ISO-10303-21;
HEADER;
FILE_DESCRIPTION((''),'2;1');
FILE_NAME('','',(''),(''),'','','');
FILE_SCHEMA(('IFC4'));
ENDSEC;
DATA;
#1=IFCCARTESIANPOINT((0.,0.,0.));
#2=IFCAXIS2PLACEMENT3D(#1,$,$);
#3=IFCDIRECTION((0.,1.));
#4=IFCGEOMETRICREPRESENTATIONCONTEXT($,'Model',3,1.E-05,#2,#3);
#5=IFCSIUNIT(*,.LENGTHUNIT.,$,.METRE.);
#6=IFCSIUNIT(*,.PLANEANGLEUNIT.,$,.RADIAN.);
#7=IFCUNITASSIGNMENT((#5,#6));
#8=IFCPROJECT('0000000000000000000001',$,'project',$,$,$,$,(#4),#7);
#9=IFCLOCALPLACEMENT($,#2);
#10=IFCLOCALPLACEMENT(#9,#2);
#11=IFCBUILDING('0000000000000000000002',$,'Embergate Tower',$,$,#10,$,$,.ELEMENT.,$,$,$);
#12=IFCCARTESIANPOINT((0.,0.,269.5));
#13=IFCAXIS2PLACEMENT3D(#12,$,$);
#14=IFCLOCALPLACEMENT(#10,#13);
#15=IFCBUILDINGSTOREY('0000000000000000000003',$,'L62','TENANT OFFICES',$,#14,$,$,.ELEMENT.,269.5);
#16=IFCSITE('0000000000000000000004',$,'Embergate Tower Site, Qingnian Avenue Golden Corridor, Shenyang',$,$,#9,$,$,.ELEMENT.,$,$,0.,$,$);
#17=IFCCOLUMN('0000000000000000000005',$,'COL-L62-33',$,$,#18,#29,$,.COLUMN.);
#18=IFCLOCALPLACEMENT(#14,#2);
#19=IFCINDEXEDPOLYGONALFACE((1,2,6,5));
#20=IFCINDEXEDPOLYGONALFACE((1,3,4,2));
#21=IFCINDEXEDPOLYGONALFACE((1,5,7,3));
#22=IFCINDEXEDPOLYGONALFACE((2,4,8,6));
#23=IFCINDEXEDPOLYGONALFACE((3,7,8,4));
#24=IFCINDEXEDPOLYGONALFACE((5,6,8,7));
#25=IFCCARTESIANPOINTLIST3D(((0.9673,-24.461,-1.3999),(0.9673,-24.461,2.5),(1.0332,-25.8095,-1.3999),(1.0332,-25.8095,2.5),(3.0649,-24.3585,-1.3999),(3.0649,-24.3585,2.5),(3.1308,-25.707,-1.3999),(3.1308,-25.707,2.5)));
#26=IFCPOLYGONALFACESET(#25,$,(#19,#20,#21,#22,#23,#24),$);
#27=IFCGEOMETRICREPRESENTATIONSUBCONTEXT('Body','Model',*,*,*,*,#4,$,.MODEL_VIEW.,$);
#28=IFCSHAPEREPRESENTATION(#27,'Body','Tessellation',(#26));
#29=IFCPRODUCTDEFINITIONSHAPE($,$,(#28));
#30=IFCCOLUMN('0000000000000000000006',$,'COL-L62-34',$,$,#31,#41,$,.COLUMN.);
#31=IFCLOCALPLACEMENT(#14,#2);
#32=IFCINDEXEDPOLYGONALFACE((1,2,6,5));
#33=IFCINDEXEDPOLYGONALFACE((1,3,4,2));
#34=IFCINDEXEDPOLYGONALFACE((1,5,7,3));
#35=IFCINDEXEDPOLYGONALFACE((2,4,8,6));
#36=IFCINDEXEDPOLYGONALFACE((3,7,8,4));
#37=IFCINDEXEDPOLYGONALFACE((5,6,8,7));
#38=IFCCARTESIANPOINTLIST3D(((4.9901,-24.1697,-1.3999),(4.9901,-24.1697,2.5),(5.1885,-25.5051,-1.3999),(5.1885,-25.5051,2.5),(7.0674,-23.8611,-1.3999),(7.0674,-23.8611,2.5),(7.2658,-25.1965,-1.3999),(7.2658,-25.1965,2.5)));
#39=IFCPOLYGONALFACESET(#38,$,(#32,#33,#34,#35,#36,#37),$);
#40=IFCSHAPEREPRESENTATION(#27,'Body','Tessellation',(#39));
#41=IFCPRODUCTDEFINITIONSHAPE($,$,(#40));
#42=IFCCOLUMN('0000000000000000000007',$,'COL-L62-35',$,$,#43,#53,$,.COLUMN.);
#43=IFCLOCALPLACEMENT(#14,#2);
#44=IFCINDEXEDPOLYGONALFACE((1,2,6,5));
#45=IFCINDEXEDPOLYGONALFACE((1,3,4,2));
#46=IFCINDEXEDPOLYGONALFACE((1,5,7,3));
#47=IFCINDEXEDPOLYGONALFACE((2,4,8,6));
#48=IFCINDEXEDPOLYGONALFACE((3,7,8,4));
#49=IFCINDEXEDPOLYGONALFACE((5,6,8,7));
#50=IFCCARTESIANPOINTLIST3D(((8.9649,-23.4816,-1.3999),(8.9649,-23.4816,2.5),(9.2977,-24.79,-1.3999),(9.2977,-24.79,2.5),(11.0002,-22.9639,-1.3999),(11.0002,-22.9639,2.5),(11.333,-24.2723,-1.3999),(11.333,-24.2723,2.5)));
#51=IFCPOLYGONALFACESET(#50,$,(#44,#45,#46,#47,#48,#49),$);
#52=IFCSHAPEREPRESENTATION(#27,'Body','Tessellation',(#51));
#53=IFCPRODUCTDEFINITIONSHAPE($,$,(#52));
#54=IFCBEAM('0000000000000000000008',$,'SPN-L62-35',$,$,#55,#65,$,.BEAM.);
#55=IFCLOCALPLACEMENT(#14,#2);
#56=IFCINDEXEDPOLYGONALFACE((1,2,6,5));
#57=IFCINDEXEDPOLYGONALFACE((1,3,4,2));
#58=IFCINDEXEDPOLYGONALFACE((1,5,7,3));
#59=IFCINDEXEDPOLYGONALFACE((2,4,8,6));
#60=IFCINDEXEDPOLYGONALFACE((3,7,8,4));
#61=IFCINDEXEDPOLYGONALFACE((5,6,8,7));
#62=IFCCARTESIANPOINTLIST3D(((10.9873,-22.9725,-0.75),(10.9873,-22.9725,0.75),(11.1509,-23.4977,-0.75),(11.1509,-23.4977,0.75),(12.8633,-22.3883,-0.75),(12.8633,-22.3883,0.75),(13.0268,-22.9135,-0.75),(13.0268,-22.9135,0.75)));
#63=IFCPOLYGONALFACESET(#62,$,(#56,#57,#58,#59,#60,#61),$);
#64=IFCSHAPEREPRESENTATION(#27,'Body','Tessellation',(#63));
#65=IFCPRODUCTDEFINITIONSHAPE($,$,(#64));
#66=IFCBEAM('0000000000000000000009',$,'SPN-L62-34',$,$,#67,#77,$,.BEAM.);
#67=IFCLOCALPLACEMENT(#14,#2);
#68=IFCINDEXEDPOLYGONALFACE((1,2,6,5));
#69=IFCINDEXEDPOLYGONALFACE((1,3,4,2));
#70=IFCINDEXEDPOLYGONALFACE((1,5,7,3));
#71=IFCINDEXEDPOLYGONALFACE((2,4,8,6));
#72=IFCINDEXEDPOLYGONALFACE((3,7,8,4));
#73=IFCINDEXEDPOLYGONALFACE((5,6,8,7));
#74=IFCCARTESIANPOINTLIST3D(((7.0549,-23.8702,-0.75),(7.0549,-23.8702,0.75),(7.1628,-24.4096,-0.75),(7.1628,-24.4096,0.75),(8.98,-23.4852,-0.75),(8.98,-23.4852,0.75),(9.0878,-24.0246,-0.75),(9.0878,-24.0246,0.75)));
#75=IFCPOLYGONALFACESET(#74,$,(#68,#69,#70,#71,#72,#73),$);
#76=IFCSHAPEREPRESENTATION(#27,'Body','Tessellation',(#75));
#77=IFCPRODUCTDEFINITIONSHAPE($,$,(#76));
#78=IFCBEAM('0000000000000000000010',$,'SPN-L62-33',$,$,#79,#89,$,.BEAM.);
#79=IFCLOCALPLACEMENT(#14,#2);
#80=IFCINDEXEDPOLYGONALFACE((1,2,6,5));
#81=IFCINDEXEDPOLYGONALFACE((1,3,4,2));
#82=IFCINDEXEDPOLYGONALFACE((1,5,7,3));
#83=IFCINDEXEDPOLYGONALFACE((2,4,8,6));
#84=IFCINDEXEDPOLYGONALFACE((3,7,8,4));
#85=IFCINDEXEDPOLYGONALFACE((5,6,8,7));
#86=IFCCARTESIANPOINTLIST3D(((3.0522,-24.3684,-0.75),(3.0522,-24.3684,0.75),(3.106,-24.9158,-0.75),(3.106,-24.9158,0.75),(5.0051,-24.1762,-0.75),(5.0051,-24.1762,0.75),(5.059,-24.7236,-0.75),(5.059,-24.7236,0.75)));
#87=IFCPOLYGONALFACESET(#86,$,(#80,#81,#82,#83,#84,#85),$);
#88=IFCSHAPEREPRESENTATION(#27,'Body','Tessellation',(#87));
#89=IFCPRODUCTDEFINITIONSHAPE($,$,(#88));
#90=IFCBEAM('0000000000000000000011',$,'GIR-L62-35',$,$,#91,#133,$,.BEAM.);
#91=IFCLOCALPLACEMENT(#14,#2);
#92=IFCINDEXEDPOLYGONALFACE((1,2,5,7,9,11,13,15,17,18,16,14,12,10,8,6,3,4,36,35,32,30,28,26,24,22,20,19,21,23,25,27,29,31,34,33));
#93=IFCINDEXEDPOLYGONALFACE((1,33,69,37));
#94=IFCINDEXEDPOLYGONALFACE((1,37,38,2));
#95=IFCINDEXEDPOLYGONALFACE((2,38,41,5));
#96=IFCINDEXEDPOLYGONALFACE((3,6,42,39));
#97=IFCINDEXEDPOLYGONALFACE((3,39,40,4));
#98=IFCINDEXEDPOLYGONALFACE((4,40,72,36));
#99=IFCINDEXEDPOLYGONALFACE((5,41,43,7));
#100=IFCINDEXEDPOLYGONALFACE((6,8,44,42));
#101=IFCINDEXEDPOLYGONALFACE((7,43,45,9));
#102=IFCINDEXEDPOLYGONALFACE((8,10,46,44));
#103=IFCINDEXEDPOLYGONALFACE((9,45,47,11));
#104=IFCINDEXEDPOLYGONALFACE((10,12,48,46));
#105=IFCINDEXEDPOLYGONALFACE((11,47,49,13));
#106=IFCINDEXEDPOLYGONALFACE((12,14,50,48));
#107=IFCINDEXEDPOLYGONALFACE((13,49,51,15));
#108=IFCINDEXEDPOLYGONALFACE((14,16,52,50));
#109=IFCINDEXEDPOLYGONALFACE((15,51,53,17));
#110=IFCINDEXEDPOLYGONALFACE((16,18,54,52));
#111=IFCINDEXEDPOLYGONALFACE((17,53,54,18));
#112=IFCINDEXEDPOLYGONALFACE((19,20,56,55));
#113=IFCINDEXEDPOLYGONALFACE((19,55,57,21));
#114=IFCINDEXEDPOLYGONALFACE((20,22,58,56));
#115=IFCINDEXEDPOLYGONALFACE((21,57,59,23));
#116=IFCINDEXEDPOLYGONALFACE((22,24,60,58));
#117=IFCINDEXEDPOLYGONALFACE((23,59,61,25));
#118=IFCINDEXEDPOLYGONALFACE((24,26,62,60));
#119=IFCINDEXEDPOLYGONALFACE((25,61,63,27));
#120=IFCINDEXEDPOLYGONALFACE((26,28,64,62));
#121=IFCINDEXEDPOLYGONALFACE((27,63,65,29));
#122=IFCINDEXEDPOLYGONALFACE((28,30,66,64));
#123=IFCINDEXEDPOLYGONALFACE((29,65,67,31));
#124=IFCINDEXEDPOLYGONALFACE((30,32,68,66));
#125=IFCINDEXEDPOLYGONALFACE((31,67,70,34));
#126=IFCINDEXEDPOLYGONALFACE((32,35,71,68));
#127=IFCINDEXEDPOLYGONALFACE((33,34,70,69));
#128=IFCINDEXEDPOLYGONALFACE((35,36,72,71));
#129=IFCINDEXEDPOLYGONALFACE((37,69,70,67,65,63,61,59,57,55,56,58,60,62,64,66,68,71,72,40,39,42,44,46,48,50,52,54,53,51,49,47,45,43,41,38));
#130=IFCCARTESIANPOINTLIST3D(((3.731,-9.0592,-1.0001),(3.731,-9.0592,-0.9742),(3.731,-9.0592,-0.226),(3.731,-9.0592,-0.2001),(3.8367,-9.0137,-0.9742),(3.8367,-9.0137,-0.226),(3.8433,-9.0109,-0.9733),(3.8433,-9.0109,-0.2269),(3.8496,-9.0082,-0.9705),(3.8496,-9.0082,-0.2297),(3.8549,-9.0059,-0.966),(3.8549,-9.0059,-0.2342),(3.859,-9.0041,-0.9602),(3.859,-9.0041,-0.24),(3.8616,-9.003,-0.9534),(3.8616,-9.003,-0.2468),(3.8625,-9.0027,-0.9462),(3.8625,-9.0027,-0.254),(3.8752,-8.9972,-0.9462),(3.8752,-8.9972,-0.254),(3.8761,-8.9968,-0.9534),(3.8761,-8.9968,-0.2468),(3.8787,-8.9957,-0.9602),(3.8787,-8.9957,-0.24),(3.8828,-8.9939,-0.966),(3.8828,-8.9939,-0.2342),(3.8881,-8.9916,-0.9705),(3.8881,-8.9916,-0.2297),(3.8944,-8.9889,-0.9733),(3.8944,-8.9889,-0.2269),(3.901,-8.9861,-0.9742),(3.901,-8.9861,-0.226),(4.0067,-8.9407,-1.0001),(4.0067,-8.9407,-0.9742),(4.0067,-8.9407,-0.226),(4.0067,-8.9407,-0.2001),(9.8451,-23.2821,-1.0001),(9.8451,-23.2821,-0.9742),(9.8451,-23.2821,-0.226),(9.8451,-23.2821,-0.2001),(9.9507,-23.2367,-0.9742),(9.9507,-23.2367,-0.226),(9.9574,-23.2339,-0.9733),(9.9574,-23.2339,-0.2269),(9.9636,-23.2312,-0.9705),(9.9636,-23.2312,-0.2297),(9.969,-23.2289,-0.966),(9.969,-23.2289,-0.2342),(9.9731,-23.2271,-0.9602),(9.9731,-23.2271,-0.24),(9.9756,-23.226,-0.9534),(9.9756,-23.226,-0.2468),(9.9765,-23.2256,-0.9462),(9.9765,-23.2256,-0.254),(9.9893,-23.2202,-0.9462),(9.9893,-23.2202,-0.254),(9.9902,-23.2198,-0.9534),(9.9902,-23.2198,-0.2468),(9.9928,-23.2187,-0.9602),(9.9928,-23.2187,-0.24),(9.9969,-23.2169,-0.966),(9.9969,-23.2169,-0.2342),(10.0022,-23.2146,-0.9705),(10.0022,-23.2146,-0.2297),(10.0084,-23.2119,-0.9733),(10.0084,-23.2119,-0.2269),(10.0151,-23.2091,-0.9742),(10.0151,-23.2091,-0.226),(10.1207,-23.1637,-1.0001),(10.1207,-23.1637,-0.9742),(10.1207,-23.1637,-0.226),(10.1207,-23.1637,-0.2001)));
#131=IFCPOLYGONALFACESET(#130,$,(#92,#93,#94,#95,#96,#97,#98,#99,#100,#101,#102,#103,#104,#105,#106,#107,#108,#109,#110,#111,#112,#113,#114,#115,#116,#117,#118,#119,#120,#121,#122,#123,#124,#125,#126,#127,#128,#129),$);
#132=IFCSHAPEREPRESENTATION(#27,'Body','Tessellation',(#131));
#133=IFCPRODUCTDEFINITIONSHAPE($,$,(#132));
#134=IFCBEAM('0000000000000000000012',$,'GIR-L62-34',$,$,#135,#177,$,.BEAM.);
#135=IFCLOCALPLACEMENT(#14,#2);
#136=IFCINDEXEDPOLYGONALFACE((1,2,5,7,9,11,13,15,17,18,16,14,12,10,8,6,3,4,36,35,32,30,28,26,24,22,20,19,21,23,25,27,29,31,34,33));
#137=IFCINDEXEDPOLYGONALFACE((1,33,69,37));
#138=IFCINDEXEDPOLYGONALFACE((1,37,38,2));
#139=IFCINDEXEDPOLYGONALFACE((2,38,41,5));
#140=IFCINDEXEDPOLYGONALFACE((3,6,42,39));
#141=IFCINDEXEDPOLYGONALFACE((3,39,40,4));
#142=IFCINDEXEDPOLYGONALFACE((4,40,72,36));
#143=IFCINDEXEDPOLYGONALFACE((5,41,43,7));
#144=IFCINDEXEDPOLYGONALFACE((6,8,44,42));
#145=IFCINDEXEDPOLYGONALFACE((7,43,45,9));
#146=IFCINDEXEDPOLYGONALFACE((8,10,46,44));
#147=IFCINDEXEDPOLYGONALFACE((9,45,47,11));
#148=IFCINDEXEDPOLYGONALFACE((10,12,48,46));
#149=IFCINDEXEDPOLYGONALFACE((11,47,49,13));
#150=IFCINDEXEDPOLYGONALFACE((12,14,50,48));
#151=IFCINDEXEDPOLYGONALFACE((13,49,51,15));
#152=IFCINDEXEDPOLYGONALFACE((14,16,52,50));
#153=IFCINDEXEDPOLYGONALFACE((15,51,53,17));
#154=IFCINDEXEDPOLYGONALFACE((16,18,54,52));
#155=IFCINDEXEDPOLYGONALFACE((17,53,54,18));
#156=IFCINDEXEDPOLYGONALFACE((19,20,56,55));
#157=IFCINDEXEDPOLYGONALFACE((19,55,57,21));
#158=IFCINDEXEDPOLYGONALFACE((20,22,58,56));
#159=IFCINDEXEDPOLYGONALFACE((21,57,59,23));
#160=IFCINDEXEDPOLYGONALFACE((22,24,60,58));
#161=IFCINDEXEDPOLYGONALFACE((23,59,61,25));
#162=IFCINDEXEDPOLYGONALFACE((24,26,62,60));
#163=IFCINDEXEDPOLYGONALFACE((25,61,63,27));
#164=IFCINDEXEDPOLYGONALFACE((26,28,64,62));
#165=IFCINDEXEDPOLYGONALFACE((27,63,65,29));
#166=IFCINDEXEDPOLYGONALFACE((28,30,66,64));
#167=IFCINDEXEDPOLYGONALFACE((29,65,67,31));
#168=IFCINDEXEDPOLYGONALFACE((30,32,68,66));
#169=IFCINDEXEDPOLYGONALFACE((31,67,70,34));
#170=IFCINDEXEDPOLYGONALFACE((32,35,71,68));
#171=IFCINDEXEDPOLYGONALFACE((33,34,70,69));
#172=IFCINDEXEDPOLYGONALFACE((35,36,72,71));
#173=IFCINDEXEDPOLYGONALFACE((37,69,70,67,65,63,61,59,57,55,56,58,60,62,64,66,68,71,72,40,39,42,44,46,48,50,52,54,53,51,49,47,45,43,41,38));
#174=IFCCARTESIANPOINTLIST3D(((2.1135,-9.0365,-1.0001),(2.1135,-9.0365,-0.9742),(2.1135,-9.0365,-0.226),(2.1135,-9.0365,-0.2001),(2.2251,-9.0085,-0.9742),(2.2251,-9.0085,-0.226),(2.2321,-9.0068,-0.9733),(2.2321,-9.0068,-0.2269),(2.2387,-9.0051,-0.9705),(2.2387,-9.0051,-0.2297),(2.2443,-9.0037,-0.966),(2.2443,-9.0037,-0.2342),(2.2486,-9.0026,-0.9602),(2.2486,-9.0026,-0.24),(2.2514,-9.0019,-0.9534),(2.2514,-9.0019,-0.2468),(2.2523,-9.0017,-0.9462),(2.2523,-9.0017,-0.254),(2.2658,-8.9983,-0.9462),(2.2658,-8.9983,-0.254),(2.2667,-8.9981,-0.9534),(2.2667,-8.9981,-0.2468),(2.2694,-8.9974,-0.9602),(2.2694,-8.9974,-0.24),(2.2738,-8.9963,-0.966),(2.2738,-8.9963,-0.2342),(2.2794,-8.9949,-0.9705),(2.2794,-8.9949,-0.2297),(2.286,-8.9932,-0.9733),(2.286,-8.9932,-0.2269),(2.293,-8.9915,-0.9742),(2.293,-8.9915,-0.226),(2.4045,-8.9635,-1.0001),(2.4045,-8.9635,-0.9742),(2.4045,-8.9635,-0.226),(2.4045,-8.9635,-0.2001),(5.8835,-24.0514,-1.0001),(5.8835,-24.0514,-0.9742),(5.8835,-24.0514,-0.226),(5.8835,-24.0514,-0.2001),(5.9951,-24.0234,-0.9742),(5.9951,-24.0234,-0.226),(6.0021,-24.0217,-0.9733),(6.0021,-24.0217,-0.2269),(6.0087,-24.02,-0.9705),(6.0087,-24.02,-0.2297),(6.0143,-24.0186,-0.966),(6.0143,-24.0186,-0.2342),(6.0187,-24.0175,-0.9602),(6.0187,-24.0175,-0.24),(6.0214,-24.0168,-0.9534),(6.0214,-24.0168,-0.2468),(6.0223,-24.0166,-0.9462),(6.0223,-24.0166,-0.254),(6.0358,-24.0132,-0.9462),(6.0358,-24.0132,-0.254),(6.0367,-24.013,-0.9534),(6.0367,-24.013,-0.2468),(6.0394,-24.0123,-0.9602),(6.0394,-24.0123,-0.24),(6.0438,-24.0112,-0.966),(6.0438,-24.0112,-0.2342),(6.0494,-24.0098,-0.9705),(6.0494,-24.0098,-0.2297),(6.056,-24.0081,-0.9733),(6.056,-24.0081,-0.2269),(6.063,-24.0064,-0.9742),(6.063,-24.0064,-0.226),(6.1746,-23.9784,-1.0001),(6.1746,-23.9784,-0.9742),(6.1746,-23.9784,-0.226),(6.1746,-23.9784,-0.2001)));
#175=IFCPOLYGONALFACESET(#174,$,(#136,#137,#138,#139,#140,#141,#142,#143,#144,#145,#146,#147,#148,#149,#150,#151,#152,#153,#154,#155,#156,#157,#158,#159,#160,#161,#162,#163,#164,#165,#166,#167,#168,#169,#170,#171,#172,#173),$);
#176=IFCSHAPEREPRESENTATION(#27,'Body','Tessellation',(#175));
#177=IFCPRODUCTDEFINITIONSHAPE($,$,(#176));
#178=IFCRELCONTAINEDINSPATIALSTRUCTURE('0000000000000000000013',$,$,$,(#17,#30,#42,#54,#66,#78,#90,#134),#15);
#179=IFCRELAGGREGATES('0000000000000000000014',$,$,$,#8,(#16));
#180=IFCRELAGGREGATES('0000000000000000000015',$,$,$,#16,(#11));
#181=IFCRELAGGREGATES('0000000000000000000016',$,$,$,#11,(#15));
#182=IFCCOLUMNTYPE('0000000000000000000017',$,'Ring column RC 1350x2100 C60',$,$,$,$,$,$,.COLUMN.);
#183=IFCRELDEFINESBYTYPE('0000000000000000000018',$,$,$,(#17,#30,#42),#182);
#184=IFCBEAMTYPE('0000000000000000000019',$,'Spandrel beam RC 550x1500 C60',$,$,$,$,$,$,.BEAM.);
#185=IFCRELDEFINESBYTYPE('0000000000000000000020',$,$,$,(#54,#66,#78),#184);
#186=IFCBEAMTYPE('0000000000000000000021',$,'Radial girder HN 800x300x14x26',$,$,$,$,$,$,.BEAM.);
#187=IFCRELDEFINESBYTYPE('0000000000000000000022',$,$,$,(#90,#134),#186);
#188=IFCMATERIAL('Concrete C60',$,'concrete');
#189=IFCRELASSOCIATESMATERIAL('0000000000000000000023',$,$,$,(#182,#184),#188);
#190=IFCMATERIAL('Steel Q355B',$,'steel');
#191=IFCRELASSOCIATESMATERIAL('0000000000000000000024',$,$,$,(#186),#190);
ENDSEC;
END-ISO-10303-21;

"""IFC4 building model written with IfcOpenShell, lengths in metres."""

from ifc_helpers import new_model, si_unit, direction, frame, origin, origin_2d, place, context, subcontext, project, spatial, rectangle, i_section, extrude, source, transform, mapped, material, material_profile, profile_set, type_object, element, save


model = new_model("IFC4")

# Units and contexts
model_context = context("Model", 3, precision=1e-05, world=origin(), true_north=direction((0.0, 1.0)))
body_context = subcontext(model_context, "Body", "Model", "MODEL_VIEW")
ifc_project = project(units=[si_unit("LENGTHUNIT", "METRE"), si_unit("PLANEANGLEUNIT", "RADIAN")], contexts=[model_context])

# Site, building, storey
site_placement = place(None, origin())
site = spatial("IfcSite", under=ifc_project, at=site_placement, Name="Embergate Tower Site, Qingnian Avenue Golden Corridor, Shenyang", CompositionType="ELEMENT", RefElevation=0.0)
building_placement = place(site_placement, origin())
building = spatial("IfcBuilding", under=site, at=building_placement, Name="Embergate Tower", CompositionType="ELEMENT")
storey_placement = place(building_placement, frame((0.0, 0.0, 269.5)))
storey = spatial("IfcBuildingStorey", under=building, at=storey_placement, Name="L62", Description="TENANT OFFICES", CompositionType="ELEMENT", Elevation=269.5)

# Columns
ifc_material_1 = material(Name="Concrete C60", Category="concrete")
ifc_material_profile_1 = material_profile(ifc_material_1, rectangle(XDim=1.3501, YDim=2.1001, at=origin_2d()), Name="RC 1350x2100")
ifc_profile_set_1 = profile_set([ifc_material_profile_1], Name="Concrete C60")
column_type = type_object("IfcColumnType", Name="Ring column RC 1350x2100 C60", PredefinedType="COLUMN", material=ifc_profile_set_1)
shared_shape_1 = source(origin(), body_context, "Body", "SweptSolid", [
    extrude(rectangle(XDim=1.3501, YDim=2.1001, at=origin_2d()), origin(), (0.0, 0.0, 1.0), 3.8999),
])
for number, where, z_axis, x_axis, name in (
    (1, (2.0491, -25.084, -1.3999), (0.0, 0.0, 1.0), (0.048815, -0.998808, 0.0), "COL-L62-33"),
    (2, (6.1279, -24.6831, -1.3999), (0.0, 0.0, 1.0), (0.146929, -0.989147, 0.0), "COL-L62-34"),
    (3, (10.1489, -23.877, -1.3999), (0.0, 0.0, 1.0), (0.246492, -0.969145, 0.0), "COL-L62-35"),
):
    element("IfcColumn", number, at=place(storey_placement, frame(where, z_axis=z_axis, x_axis=x_axis)), inside=storey, type_object=column_type, Name=name, PredefinedType="COLUMN", context=body_context, shape_type="MappedRepresentation", body=[
        mapped(shared_shape_1, transform((0.0, 0.0, 0.0))),
    ])

# Beams
ifc_material_profile_2 = material_profile(ifc_material_1, rectangle(XDim=0.55, YDim=1.5, at=origin_2d()), Name="RC 550x1500")
ifc_profile_set_2 = profile_set([ifc_material_profile_2], Name="Concrete C60")
beam_type_1 = type_object("IfcBeamType", Name="Spandrel beam RC 550x1500 C60", PredefinedType="BEAM", material=ifc_profile_set_2)
shared_shape_2 = source(origin(), body_context, "Body", "SweptSolid", [
    extrude(rectangle(XDim=0.55, YDim=1.5, at=origin_2d()), origin(), (0.0, 0.0, 1.0), 1.9648),
])
beam_1_placement = place(storey_placement, frame((11.0691, -23.2351, 0.0), z_axis=(0.954771, 0.297341, 0.0), x_axis=(-0.297341, 0.954771, 0.0)))
element("IfcBeam", 4, at=beam_1_placement, inside=storey, type_object=beam_type_1, Name="SPN-L62-35", PredefinedType="BEAM", context=body_context, shape_type="MappedRepresentation", body=[
    mapped(shared_shape_2, transform((0.0, 0.0, 0.0))),
])
shared_shape_3 = source(origin(), body_context, "Body", "SweptSolid", [
    extrude(rectangle(XDim=0.55, YDim=1.5, at=origin_2d()), origin(), (0.0, 0.0, 1.0), 1.9631),
])
beam_2_placement = place(storey_placement, frame((7.1089, -24.1399, 0.0), z_axis=(0.980581, 0.196116, 0.0), x_axis=(-0.196116, 0.980581, 0.0)))
element("IfcBeam", 5, at=beam_2_placement, inside=storey, type_object=beam_type_1, Name="SPN-L62-34", PredefinedType="BEAM", context=body_context, shape_type="MappedRepresentation", body=[
    mapped(shared_shape_3, transform((0.0, 0.0, 0.0))),
])
shared_shape_4 = source(origin(), body_context, "Body", "SweptSolid", [
    extrude(rectangle(XDim=0.55, YDim=1.5, at=origin_2d()), origin(), (0.0, 0.0, 1.0), 1.9624),
])
beam_3_placement = place(storey_placement, frame((3.0791, -24.6421, 0.0), z_axis=(0.995195, 0.097915, 0.0), x_axis=(-0.097915, 0.995195, 0.0)))
element("IfcBeam", 6, at=beam_3_placement, inside=storey, type_object=beam_type_1, Name="SPN-L62-33", PredefinedType="BEAM", context=body_context, shape_type="MappedRepresentation", body=[
    mapped(shared_shape_4, transform((0.0, 0.0, 0.0))),
])
ifc_material_2 = material(Name="Steel Q355B", Category="steel")
ifc_material_profile_3 = material_profile(ifc_material_2, i_section(OverallWidth=0.3, OverallDepth=0.8, WebThickness=0.0139, FlangeThickness=0.0259, FilletRadius=0.0281, at=origin_2d()), Name="HN 800x300x14x26")
ifc_profile_set_3 = profile_set([ifc_material_profile_3], Name="Steel Q355 grade B")
beam_type_2 = type_object("IfcBeamType", Name="Radial girder HN 800x300x14x26", PredefinedType="BEAM", material=ifc_profile_set_3)
shared_shape_5 = source(origin(), body_context, "Body", "SweptSolid", [
    extrude(i_section(OverallWidth=0.3, OverallDepth=0.8, WebThickness=0.0139, FlangeThickness=0.0259, FilletRadius=0.0281, at=origin_2d()), origin(), (0.0, 0.0, 1.0), 15.4814),
])
beam_4_placement = place(storey_placement, frame((9.9829, -23.2229, -0.6001), z_axis=(-0.394928, 0.918712, 0.0), x_axis=(-0.918712, -0.394928, 0.0)))
element("IfcBeam", 7, at=beam_4_placement, inside=storey, type_object=beam_type_2, Name="GIR-L62-35", PredefinedType="BEAM", context=body_context, shape_type="MappedRepresentation", body=[
    mapped(shared_shape_5, transform((0.0, 0.0, 0.0))),
])
shared_shape_6 = source(origin(), body_context, "Body", "SweptSolid", [
    extrude(i_section(OverallWidth=0.3, OverallDepth=0.8, WebThickness=0.0139, FlangeThickness=0.0259, FilletRadius=0.0281, at=origin_2d()), origin(), (0.0, 0.0, 1.0), 15.481),
])
beam_5_placement = place(storey_placement, frame((6.0291, -24.0149, -0.6001), z_axis=(-0.243526, 0.969894, 0.0), x_axis=(-0.969894, -0.243526, 0.0)))
element("IfcBeam", 8, at=beam_5_placement, inside=storey, type_object=beam_type_2, Name="GIR-L62-34", PredefinedType="BEAM", context=body_context, shape_type="MappedRepresentation", body=[
    mapped(shared_shape_6, transform((0.0, 0.0, 0.0))),
])

save(model, "model.ifc")
